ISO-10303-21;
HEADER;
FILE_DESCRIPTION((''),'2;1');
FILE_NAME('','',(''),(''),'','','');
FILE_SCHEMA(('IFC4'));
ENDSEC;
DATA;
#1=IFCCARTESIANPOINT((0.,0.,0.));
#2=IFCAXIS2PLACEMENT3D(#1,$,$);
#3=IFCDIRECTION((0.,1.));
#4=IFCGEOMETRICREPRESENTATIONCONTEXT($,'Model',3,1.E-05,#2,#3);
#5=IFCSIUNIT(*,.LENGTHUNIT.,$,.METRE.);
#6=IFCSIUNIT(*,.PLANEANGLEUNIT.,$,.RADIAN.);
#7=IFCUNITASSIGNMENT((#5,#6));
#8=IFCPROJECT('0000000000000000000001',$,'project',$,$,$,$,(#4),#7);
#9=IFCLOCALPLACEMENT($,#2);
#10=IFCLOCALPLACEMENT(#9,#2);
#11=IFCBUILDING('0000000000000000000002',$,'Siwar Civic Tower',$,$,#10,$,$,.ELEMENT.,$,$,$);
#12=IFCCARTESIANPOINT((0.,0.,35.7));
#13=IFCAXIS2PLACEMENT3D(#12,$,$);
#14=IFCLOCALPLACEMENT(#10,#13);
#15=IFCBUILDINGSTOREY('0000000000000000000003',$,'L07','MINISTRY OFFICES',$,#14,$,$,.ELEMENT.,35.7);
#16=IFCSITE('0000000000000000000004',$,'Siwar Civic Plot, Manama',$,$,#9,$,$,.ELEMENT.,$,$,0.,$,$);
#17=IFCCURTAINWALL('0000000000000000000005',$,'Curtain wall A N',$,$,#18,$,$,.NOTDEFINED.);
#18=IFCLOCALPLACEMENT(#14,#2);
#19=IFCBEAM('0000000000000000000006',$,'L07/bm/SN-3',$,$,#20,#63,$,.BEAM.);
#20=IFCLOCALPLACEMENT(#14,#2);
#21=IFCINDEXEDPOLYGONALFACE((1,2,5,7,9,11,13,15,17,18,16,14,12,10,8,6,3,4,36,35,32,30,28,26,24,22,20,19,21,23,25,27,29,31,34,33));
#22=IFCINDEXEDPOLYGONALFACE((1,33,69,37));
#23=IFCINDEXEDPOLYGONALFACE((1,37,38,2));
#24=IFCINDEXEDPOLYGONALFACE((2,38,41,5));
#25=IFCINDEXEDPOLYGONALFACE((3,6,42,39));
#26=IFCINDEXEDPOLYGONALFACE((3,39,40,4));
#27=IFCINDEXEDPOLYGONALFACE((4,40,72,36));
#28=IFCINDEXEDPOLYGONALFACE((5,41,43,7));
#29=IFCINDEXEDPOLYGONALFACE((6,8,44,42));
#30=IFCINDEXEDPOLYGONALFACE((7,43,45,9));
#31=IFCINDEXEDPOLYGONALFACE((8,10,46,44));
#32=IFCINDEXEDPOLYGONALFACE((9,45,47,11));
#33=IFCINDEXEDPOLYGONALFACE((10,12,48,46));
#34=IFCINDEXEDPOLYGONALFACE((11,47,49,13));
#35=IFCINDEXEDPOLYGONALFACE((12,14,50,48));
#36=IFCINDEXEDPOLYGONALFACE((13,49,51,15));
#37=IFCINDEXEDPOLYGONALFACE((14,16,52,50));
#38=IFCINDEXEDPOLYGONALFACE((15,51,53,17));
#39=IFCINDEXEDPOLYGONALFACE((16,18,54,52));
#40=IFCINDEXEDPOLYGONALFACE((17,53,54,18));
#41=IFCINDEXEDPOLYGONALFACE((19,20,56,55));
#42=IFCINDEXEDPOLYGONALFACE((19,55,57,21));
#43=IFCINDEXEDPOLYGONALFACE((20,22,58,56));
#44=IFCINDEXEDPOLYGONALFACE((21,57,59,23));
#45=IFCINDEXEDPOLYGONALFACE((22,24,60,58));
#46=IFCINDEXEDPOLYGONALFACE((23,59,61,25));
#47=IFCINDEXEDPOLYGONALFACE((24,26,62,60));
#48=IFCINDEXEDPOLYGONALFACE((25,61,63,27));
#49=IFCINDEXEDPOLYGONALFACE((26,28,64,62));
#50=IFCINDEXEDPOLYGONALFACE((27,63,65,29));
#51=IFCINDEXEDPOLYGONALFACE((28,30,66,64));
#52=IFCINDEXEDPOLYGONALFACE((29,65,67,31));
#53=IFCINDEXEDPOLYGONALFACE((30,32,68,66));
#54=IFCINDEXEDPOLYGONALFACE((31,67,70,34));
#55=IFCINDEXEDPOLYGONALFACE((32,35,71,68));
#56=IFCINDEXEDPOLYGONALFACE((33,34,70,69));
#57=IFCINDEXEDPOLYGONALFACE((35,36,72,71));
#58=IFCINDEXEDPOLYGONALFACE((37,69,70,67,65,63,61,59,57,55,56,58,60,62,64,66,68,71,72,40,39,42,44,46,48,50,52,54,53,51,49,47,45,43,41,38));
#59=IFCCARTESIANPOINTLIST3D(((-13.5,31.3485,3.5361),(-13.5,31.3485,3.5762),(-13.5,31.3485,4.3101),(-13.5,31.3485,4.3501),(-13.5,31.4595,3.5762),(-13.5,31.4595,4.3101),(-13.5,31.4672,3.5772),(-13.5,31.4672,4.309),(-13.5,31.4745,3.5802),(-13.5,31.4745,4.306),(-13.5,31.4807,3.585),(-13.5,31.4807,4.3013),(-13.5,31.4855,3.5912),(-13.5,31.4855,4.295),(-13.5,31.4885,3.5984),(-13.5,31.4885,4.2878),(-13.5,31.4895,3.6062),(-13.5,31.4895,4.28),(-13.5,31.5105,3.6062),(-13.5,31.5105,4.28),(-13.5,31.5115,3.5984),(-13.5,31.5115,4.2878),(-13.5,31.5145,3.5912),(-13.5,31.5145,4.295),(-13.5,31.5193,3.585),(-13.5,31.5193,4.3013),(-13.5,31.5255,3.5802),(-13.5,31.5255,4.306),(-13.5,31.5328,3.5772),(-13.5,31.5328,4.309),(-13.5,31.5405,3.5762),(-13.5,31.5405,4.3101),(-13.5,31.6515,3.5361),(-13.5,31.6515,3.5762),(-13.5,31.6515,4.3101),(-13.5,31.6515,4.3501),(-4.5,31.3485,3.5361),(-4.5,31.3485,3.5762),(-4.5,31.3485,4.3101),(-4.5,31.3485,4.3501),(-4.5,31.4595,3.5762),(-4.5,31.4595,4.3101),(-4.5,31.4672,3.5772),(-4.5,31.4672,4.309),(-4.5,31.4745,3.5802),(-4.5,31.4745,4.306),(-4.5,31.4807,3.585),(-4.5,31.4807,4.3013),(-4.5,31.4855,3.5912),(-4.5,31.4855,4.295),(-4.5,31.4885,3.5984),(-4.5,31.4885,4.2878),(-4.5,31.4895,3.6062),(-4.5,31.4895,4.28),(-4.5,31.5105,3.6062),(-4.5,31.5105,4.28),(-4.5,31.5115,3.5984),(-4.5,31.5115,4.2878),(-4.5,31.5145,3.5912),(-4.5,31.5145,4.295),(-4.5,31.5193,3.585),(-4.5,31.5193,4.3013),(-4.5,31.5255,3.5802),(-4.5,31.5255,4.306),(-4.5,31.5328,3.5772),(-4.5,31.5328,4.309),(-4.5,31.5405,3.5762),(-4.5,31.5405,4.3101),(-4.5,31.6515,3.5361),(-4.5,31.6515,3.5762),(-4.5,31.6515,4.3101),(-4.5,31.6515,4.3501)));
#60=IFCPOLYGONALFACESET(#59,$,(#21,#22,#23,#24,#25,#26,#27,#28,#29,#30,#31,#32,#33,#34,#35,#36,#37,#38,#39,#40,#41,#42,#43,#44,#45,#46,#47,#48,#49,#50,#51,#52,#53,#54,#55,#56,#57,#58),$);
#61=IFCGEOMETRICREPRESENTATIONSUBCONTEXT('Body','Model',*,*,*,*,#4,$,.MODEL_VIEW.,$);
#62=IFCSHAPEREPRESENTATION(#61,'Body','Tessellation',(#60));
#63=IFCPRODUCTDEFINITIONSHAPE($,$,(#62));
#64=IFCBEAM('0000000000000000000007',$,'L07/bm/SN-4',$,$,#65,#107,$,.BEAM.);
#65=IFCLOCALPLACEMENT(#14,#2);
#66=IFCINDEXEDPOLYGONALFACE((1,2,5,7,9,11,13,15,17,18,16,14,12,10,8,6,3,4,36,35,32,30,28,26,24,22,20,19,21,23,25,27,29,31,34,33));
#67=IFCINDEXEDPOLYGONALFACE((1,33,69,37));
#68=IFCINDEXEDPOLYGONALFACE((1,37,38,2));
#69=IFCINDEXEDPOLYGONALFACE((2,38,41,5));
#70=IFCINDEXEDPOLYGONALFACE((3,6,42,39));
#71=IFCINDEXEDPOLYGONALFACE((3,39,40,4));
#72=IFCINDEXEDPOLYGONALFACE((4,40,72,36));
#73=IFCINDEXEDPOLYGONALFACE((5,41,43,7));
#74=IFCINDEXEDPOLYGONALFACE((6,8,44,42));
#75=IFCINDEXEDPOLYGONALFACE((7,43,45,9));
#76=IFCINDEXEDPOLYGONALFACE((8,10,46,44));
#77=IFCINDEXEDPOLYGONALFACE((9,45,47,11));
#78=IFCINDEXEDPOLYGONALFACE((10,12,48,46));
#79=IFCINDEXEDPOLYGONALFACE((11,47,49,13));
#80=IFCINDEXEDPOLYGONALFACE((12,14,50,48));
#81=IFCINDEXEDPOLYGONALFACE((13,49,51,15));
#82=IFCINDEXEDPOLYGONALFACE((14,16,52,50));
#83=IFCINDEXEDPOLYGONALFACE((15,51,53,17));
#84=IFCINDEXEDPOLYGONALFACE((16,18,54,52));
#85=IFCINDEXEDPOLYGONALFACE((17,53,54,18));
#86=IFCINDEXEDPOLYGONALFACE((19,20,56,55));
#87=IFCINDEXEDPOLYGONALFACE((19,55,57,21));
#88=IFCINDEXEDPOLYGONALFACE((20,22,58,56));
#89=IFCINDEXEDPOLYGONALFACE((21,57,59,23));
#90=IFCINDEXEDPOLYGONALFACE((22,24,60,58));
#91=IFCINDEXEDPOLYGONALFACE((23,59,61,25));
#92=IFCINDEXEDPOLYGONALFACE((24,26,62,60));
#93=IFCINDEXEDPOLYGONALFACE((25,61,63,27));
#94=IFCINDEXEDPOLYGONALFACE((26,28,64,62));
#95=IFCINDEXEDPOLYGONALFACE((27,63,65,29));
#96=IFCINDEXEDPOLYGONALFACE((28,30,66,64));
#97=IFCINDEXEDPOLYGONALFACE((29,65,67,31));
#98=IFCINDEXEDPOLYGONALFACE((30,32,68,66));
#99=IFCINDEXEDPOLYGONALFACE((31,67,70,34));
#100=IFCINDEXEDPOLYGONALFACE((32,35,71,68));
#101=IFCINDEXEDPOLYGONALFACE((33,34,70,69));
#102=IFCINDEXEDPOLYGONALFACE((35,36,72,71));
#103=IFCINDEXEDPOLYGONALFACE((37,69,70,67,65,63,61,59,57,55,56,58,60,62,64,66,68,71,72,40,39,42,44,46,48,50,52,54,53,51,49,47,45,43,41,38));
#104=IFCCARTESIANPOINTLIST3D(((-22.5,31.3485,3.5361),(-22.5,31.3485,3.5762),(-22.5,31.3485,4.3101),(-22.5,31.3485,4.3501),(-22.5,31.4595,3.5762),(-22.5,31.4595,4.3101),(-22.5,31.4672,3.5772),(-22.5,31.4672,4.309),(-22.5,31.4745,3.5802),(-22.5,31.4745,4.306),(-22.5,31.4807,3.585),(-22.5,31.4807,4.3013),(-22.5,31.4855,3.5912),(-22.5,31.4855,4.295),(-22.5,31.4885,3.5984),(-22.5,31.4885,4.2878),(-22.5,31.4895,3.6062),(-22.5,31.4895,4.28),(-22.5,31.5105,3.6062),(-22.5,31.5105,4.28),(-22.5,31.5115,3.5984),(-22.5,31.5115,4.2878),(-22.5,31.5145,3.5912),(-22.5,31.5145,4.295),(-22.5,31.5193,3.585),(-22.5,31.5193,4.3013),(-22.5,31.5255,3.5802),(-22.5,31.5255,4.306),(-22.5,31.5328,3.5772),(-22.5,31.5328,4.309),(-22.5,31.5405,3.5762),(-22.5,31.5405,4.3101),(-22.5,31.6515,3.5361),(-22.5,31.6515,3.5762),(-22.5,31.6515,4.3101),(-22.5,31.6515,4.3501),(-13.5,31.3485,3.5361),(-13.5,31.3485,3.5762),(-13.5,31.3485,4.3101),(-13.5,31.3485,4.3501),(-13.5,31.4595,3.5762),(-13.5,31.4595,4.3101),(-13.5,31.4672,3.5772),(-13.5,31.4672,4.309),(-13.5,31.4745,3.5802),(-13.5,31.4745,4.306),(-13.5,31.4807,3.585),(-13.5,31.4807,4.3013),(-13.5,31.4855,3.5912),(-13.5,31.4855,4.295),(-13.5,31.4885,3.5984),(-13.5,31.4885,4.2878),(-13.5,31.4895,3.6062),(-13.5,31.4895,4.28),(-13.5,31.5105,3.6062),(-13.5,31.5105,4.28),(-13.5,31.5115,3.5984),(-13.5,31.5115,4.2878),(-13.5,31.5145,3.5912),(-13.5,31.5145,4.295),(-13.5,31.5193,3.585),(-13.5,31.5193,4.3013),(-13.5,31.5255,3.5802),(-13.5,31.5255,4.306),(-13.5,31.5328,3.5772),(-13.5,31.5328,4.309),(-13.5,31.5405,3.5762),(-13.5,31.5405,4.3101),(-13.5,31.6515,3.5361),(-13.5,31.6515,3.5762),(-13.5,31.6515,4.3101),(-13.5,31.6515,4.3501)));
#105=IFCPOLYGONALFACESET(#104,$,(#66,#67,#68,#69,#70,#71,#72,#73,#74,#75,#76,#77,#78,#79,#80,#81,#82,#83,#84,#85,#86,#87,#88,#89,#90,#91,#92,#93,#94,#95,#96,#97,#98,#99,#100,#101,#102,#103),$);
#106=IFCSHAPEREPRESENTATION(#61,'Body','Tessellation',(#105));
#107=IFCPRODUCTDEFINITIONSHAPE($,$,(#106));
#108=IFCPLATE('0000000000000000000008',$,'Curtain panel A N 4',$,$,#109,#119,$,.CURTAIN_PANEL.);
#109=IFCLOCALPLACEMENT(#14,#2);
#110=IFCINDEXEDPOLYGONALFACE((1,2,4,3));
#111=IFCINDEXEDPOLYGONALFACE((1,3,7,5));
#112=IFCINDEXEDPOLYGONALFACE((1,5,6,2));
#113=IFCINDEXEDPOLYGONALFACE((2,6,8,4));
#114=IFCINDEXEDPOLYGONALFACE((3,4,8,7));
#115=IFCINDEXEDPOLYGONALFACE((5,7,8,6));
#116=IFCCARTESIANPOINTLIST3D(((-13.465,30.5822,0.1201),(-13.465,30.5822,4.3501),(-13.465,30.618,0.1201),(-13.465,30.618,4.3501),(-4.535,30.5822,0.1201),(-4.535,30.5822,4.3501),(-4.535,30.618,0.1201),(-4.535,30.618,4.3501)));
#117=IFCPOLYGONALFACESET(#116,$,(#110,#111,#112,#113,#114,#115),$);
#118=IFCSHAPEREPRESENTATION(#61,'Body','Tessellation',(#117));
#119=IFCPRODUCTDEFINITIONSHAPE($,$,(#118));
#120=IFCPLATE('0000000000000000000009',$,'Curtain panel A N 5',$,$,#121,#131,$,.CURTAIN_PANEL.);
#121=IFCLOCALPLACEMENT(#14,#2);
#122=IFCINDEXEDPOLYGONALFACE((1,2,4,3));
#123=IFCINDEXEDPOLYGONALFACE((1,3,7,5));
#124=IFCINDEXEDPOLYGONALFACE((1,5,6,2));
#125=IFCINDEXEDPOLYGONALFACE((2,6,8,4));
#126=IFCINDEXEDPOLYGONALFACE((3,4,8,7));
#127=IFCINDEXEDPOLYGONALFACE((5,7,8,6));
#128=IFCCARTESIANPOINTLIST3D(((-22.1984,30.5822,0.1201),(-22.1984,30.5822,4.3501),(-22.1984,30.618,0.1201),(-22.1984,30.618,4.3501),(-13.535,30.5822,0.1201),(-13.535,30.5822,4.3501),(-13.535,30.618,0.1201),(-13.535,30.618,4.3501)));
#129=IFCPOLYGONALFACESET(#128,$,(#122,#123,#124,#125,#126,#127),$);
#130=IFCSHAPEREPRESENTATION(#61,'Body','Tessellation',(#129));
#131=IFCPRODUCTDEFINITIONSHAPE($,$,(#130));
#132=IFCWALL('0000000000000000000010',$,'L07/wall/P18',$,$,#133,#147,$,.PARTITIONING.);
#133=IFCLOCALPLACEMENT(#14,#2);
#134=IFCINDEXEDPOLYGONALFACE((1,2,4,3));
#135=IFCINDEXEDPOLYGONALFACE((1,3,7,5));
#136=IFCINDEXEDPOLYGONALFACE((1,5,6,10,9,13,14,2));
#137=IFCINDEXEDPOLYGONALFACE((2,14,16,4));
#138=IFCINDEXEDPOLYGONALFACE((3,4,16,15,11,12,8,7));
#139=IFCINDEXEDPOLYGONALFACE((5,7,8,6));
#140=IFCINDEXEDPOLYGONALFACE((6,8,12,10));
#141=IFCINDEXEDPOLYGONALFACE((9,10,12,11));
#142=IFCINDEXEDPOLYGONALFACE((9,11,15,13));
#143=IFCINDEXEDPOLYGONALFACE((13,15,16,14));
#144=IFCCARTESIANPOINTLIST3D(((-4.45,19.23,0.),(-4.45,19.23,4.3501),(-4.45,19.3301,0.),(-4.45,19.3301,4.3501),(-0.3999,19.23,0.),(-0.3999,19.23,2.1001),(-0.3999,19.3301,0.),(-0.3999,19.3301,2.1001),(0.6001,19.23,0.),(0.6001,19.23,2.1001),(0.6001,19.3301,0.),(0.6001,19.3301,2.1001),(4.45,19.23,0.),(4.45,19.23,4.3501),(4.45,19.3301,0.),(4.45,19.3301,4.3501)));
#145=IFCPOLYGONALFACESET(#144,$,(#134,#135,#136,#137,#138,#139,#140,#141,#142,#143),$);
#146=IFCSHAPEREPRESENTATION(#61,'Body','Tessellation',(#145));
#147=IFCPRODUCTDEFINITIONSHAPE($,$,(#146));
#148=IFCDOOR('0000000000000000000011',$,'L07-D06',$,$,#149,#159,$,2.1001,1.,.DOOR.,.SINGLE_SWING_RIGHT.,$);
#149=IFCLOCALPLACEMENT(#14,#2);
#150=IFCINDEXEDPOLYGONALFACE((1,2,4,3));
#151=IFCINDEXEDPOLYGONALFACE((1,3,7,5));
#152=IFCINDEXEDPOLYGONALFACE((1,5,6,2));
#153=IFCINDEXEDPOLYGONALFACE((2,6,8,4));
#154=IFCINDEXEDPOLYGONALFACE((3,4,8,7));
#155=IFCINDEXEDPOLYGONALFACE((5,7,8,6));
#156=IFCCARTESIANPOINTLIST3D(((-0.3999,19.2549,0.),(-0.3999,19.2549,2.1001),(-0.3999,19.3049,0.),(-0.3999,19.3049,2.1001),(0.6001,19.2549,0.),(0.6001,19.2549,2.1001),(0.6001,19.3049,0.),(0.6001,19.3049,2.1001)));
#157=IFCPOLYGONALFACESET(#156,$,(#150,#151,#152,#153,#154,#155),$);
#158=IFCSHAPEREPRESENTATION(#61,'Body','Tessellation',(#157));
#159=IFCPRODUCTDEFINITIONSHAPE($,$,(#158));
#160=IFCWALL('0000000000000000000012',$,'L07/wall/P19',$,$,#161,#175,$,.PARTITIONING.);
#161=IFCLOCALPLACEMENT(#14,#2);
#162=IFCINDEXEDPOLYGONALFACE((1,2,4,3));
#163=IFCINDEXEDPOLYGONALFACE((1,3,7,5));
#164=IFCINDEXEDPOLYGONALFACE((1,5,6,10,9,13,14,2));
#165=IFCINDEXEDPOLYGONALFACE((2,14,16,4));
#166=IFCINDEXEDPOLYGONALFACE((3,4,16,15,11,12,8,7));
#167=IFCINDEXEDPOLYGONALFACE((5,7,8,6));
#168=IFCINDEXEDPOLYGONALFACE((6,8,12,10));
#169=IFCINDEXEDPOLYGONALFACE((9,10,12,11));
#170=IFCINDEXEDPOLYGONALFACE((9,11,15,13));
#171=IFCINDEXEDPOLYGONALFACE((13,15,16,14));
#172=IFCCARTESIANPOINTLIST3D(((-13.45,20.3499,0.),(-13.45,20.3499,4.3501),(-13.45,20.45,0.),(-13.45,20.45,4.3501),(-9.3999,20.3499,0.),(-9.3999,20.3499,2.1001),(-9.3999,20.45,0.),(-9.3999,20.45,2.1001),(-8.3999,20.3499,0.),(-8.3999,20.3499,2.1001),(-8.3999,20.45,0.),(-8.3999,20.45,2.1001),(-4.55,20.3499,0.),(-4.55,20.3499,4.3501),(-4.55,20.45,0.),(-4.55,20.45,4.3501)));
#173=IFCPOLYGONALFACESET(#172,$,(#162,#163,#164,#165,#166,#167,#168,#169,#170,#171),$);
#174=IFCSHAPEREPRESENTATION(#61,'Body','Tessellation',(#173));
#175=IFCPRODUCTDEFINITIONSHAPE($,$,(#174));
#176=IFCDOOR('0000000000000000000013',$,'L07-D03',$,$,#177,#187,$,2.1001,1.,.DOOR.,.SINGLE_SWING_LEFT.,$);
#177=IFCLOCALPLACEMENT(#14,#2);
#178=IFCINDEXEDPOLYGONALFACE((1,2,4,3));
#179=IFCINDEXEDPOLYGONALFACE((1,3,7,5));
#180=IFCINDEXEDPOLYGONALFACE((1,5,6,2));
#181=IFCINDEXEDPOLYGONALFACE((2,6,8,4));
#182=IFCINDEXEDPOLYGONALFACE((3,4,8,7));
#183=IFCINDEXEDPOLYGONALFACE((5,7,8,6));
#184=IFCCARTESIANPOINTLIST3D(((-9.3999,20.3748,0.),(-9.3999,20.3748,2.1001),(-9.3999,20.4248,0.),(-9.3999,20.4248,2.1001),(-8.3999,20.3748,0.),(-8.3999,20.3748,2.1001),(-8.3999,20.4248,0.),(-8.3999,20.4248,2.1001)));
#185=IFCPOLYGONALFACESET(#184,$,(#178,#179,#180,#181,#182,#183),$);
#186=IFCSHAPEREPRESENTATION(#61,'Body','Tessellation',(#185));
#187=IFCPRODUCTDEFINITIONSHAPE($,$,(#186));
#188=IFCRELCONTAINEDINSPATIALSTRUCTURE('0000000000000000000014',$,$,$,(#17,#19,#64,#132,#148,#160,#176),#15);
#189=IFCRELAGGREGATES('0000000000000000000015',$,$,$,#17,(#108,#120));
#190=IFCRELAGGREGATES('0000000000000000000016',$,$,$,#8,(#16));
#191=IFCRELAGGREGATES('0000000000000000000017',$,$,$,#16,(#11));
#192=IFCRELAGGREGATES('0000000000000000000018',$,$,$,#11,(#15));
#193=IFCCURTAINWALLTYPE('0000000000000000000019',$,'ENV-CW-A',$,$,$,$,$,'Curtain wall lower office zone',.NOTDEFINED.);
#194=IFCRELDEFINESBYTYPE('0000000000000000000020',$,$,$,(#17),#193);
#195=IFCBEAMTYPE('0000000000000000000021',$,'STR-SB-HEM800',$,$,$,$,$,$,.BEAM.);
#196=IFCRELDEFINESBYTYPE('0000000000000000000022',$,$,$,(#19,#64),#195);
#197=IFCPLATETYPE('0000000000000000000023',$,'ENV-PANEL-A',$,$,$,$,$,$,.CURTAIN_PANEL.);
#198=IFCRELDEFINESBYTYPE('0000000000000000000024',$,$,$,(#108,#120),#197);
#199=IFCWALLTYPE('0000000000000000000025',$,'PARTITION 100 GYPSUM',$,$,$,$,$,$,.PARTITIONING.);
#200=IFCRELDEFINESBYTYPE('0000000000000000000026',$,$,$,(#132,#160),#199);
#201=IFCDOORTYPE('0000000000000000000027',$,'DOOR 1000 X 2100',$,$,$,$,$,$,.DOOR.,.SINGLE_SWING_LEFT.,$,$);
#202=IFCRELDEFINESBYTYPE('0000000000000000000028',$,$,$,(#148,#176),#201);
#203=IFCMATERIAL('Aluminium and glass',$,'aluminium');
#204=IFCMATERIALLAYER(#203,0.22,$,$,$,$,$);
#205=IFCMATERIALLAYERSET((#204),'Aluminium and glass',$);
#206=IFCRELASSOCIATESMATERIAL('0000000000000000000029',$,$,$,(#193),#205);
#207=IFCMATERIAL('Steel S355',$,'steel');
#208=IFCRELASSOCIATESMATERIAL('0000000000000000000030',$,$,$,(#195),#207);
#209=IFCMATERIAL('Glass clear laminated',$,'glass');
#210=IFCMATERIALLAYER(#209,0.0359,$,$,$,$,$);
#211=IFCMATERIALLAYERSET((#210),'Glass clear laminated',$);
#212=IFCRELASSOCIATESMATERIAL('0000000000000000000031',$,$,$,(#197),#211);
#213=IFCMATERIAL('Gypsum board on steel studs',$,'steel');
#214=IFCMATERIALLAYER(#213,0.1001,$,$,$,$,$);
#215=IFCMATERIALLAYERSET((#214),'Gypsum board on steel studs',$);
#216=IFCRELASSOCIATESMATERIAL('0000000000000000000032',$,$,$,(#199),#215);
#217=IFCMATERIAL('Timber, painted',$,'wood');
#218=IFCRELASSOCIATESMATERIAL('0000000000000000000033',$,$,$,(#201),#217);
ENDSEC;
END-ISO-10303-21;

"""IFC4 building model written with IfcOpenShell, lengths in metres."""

from ifc_helpers import new_model, si_unit, direction, frame, frame_2d, origin, origin_2d, place, context, subcontext, project, spatial, rectangle, i_section, extrude, material, layer, layer_set, material_profile, profile_set, type_object, element, fill, aggregate, save


model = new_model("IFC4")

# Units and contexts
model_context = context("Model", 3, precision=1e-05, world=origin(), true_north=direction((0.0, 1.0)))
body_context = subcontext(model_context, "Body", "Model", "MODEL_VIEW")
ifc_project = project(units=[si_unit("LENGTHUNIT", "METRE"), si_unit("PLANEANGLEUNIT", "RADIAN")], contexts=[model_context])

# Site, building, storey
site_placement = place(None, origin())
site = spatial("IfcSite", under=ifc_project, at=site_placement, Name="Siwar Civic Plot, Manama", CompositionType="ELEMENT", RefElevation=0.0)
building_placement = place(site_placement, origin())
building = spatial("IfcBuilding", under=site, at=building_placement, Name="Siwar Civic Tower", CompositionType="ELEMENT")
storey_placement = place(building_placement, frame((0.0, 0.0, 35.7)))
storey = spatial("IfcBuildingStorey", under=building, at=storey_placement, Name="L07", Description="MINISTRY OFFICES", CompositionType="ELEMENT", Elevation=35.7)

# Curtain wall
ifc_material_1 = material(Name="Aluminium and glass", Category="aluminium")
ifc_layer_1 = layer(ifc_material_1, 0.22)
ifc_layer_set_1 = layer_set([ifc_layer_1], Name="Aluminium and glass")
curtain_wall_type_1 = type_object("IfcCurtainWallType", Name="ENV-CW-A", ElementType="Curtain wall lower office zone", PredefinedType="NOTDEFINED", material=ifc_layer_set_1)
curtain_wall_1_placement = place(storey_placement, origin())
curtain_wall_1 = element("IfcCurtainWall", 1, at=curtain_wall_1_placement, inside=storey, type_object=curtain_wall_type_1, Name="Curtain wall A N", PredefinedType="NOTDEFINED")

# Beams
ifc_material_2 = material(Name="Steel S355", Category="steel")
ifc_material_profile_1 = material_profile(ifc_material_2, i_section(OverallWidth=0.303, OverallDepth=0.814, WebThickness=0.021, FlangeThickness=0.04, FilletRadius=0.03, at=origin_2d()), Name="HEM800")
ifc_profile_set_1 = profile_set([ifc_material_profile_1], Name="Steel S355")
beam_type_1 = type_object("IfcBeamType", Name="STR-SB-HEM800", PredefinedType="BEAM", material=ifc_profile_set_1)
for number, where, z_axis, x_axis, name in (
    (2, (-4.5, 31.5, 3.9431), (-1.0, 0.0, 0.0), (0.0, -1.0, 0.0), "L07/bm/SN-3"),
    (3, (-13.5, 31.5, 3.9431), (-1.0, 0.0, 0.0), (0.0, -1.0, 0.0), "L07/bm/SN-4"),
):
    element("IfcBeam", number, at=place(storey_placement, frame(where, z_axis=z_axis, x_axis=x_axis)), inside=storey, type_object=beam_type_1, Name=name, PredefinedType="BEAM", context=body_context, shape_type="SweptSolid", body=[
        extrude(i_section(OverallWidth=0.303, OverallDepth=0.814, WebThickness=0.021, FlangeThickness=0.04, FilletRadius=0.03, at=origin_2d()), origin(), (0.0, 0.0, 1.0), 9.0),
    ])

# Plates
ifc_material_3 = material(Name="Glass clear laminated", Category="glass")
ifc_layer_2 = layer(ifc_material_3, 0.0359)
ifc_layer_set_2 = layer_set([ifc_layer_2], Name="Glass clear laminated")
plate_type = type_object("IfcPlateType", Name="ENV-PANEL-A", PredefinedType="CURTAIN_PANEL", material=ifc_layer_set_2)
plate_1_placement = place(storey_placement, frame((-9.0, 30.6001, 0.1201), z_axis=(0.0, 0.0, 1.0), x_axis=(-1.0, 0.0, 0.0)))
plate_1 = element("IfcPlate", 4, at=plate_1_placement, type_object=plate_type, Name="Curtain panel A N 4", PredefinedType="CURTAIN_PANEL", context=body_context, shape_type="SweptSolid", body=[
    extrude(rectangle(XDim=8.9299, YDim=0.0359, at=origin_2d()), origin(), (0.0, 0.0, 1.0), 4.23),
])
plate_2_placement = place(storey_placement, frame((-17.8667, 30.6001, 0.1201), z_axis=(0.0, 0.0, 1.0), x_axis=(-1.0, 0.0, 0.0)))
plate_2 = element("IfcPlate", 5, at=plate_2_placement, type_object=plate_type, Name="Curtain panel A N 5", PredefinedType="CURTAIN_PANEL", context=body_context, shape_type="SweptSolid", body=[
    extrude(rectangle(XDim=8.6633, YDim=0.0359, at=origin_2d()), origin(), (0.0, 0.0, 1.0), 4.23),
])
aggregate(curtain_wall_1, [plate_1, plate_2])

# Walls, openings, doors
ifc_material_4 = material(Name="Gypsum board on steel studs", Category="steel")
ifc_layer_3 = layer(ifc_material_4, 0.1001)
ifc_layer_set_3 = layer_set([ifc_layer_3], Name="Gypsum board on steel studs")
wall_type = type_object("IfcWallType", Name="PARTITION 100 GYPSUM", PredefinedType="PARTITIONING", material=ifc_layer_set_3)
wall_1_placement = place(storey_placement, frame((-4.45, 19.28, 0.0), z_axis=(0.0, 0.0, 1.0), x_axis=(1.0, 0.0, 0.0)))
wall_1 = element("IfcWall", 6, at=wall_1_placement, inside=storey, type_object=wall_type, Name="L07/wall/P18", PredefinedType="PARTITIONING", context=body_context, shape_type="SweptSolid", body=[
    extrude(rectangle(XDim=8.8999, YDim=0.1001, at=frame_2d((4.45, 0.0))), origin(), (0.0, 0.0, 1.0), 4.3501),
])
opening_1_placement = place(wall_1_placement, frame((4.05, 0.0, 0.0)))
opening_1 = element("IfcOpeningElement", 7, at=opening_1_placement, cuts=wall_1, PredefinedType="OPENING", context=body_context, shape_type="SweptSolid", body=[
    extrude(rectangle(XDim=1.0, YDim=2.1001, at=frame_2d((0.5, 1.05))), frame((0.0, 0.0601, 0.0), z_axis=(0.0, -1.0, 0.0), x_axis=(1.0, 0.0, 0.0)), (0.0, 0.0, 1.0), 0.1201),
])
ifc_material_5 = material(Name="Timber, painted", Category="wood")
door_type = type_object("IfcDoorType", Name="DOOR 1000 X 2100", OperationType="SINGLE_SWING_LEFT", PredefinedType="DOOR", material=ifc_material_5)
door_1_placement = place(opening_1_placement, origin())
door_1 = element("IfcDoor", 8, at=door_1_placement, inside=storey, type_object=door_type, Name="L07-D06", OperationType="SINGLE_SWING_RIGHT", OverallHeight=2.1001, OverallWidth=1.0, PredefinedType="DOOR", context=body_context, shape_type="SweptSolid", body=[
    extrude(rectangle(XDim=1.0, YDim=2.1001, at=frame_2d((0.5, 1.05))), frame((0.0, 0.0249, 0.0), z_axis=(0.0, -1.0, 0.0), x_axis=(1.0, 0.0, 0.0)), (0.0, 0.0, 1.0), 0.05),
])
fill(opening_1, door_1)
wall_2_placement = place(storey_placement, frame((-13.45, 20.3999, 0.0), z_axis=(0.0, 0.0, 1.0), x_axis=(1.0, 0.0, 0.0)))
wall_2 = element("IfcWall", 9, at=wall_2_placement, inside=storey, type_object=wall_type, Name="L07/wall/P19", PredefinedType="PARTITIONING", context=body_context, shape_type="SweptSolid", body=[
    extrude(rectangle(XDim=8.8999, YDim=0.1001, at=frame_2d((4.45, 0.0))), origin(), (0.0, 0.0, 1.0), 4.3501),
])
opening_2_placement = place(wall_2_placement, frame((4.05, 0.0, 0.0)))
opening_2 = element("IfcOpeningElement", 10, at=opening_2_placement, cuts=wall_2, PredefinedType="OPENING", context=body_context, shape_type="SweptSolid", body=[
    extrude(rectangle(XDim=1.0, YDim=2.1001, at=frame_2d((0.5, 1.05))), frame((0.0, 0.0601, 0.0), z_axis=(0.0, -1.0, 0.0), x_axis=(1.0, 0.0, 0.0)), (0.0, 0.0, 1.0), 0.1201),
])
door_2_placement = place(opening_2_placement, origin())
door_2 = element("IfcDoor", 11, at=door_2_placement, inside=storey, type_object=door_type, Name="L07-D03", OperationType="SINGLE_SWING_LEFT", OverallHeight=2.1001, OverallWidth=1.0, PredefinedType="DOOR", context=body_context, shape_type="SweptSolid", body=[
    extrude(rectangle(XDim=1.0, YDim=2.1001, at=frame_2d((0.5, 1.05))), frame((0.0, 0.0249, 0.0), z_axis=(0.0, -1.0, 0.0), x_axis=(1.0, 0.0, 0.0)), (0.0, 0.0, 1.0), 0.05),
])
fill(opening_2, door_2)

save(model, "model.ifc")
